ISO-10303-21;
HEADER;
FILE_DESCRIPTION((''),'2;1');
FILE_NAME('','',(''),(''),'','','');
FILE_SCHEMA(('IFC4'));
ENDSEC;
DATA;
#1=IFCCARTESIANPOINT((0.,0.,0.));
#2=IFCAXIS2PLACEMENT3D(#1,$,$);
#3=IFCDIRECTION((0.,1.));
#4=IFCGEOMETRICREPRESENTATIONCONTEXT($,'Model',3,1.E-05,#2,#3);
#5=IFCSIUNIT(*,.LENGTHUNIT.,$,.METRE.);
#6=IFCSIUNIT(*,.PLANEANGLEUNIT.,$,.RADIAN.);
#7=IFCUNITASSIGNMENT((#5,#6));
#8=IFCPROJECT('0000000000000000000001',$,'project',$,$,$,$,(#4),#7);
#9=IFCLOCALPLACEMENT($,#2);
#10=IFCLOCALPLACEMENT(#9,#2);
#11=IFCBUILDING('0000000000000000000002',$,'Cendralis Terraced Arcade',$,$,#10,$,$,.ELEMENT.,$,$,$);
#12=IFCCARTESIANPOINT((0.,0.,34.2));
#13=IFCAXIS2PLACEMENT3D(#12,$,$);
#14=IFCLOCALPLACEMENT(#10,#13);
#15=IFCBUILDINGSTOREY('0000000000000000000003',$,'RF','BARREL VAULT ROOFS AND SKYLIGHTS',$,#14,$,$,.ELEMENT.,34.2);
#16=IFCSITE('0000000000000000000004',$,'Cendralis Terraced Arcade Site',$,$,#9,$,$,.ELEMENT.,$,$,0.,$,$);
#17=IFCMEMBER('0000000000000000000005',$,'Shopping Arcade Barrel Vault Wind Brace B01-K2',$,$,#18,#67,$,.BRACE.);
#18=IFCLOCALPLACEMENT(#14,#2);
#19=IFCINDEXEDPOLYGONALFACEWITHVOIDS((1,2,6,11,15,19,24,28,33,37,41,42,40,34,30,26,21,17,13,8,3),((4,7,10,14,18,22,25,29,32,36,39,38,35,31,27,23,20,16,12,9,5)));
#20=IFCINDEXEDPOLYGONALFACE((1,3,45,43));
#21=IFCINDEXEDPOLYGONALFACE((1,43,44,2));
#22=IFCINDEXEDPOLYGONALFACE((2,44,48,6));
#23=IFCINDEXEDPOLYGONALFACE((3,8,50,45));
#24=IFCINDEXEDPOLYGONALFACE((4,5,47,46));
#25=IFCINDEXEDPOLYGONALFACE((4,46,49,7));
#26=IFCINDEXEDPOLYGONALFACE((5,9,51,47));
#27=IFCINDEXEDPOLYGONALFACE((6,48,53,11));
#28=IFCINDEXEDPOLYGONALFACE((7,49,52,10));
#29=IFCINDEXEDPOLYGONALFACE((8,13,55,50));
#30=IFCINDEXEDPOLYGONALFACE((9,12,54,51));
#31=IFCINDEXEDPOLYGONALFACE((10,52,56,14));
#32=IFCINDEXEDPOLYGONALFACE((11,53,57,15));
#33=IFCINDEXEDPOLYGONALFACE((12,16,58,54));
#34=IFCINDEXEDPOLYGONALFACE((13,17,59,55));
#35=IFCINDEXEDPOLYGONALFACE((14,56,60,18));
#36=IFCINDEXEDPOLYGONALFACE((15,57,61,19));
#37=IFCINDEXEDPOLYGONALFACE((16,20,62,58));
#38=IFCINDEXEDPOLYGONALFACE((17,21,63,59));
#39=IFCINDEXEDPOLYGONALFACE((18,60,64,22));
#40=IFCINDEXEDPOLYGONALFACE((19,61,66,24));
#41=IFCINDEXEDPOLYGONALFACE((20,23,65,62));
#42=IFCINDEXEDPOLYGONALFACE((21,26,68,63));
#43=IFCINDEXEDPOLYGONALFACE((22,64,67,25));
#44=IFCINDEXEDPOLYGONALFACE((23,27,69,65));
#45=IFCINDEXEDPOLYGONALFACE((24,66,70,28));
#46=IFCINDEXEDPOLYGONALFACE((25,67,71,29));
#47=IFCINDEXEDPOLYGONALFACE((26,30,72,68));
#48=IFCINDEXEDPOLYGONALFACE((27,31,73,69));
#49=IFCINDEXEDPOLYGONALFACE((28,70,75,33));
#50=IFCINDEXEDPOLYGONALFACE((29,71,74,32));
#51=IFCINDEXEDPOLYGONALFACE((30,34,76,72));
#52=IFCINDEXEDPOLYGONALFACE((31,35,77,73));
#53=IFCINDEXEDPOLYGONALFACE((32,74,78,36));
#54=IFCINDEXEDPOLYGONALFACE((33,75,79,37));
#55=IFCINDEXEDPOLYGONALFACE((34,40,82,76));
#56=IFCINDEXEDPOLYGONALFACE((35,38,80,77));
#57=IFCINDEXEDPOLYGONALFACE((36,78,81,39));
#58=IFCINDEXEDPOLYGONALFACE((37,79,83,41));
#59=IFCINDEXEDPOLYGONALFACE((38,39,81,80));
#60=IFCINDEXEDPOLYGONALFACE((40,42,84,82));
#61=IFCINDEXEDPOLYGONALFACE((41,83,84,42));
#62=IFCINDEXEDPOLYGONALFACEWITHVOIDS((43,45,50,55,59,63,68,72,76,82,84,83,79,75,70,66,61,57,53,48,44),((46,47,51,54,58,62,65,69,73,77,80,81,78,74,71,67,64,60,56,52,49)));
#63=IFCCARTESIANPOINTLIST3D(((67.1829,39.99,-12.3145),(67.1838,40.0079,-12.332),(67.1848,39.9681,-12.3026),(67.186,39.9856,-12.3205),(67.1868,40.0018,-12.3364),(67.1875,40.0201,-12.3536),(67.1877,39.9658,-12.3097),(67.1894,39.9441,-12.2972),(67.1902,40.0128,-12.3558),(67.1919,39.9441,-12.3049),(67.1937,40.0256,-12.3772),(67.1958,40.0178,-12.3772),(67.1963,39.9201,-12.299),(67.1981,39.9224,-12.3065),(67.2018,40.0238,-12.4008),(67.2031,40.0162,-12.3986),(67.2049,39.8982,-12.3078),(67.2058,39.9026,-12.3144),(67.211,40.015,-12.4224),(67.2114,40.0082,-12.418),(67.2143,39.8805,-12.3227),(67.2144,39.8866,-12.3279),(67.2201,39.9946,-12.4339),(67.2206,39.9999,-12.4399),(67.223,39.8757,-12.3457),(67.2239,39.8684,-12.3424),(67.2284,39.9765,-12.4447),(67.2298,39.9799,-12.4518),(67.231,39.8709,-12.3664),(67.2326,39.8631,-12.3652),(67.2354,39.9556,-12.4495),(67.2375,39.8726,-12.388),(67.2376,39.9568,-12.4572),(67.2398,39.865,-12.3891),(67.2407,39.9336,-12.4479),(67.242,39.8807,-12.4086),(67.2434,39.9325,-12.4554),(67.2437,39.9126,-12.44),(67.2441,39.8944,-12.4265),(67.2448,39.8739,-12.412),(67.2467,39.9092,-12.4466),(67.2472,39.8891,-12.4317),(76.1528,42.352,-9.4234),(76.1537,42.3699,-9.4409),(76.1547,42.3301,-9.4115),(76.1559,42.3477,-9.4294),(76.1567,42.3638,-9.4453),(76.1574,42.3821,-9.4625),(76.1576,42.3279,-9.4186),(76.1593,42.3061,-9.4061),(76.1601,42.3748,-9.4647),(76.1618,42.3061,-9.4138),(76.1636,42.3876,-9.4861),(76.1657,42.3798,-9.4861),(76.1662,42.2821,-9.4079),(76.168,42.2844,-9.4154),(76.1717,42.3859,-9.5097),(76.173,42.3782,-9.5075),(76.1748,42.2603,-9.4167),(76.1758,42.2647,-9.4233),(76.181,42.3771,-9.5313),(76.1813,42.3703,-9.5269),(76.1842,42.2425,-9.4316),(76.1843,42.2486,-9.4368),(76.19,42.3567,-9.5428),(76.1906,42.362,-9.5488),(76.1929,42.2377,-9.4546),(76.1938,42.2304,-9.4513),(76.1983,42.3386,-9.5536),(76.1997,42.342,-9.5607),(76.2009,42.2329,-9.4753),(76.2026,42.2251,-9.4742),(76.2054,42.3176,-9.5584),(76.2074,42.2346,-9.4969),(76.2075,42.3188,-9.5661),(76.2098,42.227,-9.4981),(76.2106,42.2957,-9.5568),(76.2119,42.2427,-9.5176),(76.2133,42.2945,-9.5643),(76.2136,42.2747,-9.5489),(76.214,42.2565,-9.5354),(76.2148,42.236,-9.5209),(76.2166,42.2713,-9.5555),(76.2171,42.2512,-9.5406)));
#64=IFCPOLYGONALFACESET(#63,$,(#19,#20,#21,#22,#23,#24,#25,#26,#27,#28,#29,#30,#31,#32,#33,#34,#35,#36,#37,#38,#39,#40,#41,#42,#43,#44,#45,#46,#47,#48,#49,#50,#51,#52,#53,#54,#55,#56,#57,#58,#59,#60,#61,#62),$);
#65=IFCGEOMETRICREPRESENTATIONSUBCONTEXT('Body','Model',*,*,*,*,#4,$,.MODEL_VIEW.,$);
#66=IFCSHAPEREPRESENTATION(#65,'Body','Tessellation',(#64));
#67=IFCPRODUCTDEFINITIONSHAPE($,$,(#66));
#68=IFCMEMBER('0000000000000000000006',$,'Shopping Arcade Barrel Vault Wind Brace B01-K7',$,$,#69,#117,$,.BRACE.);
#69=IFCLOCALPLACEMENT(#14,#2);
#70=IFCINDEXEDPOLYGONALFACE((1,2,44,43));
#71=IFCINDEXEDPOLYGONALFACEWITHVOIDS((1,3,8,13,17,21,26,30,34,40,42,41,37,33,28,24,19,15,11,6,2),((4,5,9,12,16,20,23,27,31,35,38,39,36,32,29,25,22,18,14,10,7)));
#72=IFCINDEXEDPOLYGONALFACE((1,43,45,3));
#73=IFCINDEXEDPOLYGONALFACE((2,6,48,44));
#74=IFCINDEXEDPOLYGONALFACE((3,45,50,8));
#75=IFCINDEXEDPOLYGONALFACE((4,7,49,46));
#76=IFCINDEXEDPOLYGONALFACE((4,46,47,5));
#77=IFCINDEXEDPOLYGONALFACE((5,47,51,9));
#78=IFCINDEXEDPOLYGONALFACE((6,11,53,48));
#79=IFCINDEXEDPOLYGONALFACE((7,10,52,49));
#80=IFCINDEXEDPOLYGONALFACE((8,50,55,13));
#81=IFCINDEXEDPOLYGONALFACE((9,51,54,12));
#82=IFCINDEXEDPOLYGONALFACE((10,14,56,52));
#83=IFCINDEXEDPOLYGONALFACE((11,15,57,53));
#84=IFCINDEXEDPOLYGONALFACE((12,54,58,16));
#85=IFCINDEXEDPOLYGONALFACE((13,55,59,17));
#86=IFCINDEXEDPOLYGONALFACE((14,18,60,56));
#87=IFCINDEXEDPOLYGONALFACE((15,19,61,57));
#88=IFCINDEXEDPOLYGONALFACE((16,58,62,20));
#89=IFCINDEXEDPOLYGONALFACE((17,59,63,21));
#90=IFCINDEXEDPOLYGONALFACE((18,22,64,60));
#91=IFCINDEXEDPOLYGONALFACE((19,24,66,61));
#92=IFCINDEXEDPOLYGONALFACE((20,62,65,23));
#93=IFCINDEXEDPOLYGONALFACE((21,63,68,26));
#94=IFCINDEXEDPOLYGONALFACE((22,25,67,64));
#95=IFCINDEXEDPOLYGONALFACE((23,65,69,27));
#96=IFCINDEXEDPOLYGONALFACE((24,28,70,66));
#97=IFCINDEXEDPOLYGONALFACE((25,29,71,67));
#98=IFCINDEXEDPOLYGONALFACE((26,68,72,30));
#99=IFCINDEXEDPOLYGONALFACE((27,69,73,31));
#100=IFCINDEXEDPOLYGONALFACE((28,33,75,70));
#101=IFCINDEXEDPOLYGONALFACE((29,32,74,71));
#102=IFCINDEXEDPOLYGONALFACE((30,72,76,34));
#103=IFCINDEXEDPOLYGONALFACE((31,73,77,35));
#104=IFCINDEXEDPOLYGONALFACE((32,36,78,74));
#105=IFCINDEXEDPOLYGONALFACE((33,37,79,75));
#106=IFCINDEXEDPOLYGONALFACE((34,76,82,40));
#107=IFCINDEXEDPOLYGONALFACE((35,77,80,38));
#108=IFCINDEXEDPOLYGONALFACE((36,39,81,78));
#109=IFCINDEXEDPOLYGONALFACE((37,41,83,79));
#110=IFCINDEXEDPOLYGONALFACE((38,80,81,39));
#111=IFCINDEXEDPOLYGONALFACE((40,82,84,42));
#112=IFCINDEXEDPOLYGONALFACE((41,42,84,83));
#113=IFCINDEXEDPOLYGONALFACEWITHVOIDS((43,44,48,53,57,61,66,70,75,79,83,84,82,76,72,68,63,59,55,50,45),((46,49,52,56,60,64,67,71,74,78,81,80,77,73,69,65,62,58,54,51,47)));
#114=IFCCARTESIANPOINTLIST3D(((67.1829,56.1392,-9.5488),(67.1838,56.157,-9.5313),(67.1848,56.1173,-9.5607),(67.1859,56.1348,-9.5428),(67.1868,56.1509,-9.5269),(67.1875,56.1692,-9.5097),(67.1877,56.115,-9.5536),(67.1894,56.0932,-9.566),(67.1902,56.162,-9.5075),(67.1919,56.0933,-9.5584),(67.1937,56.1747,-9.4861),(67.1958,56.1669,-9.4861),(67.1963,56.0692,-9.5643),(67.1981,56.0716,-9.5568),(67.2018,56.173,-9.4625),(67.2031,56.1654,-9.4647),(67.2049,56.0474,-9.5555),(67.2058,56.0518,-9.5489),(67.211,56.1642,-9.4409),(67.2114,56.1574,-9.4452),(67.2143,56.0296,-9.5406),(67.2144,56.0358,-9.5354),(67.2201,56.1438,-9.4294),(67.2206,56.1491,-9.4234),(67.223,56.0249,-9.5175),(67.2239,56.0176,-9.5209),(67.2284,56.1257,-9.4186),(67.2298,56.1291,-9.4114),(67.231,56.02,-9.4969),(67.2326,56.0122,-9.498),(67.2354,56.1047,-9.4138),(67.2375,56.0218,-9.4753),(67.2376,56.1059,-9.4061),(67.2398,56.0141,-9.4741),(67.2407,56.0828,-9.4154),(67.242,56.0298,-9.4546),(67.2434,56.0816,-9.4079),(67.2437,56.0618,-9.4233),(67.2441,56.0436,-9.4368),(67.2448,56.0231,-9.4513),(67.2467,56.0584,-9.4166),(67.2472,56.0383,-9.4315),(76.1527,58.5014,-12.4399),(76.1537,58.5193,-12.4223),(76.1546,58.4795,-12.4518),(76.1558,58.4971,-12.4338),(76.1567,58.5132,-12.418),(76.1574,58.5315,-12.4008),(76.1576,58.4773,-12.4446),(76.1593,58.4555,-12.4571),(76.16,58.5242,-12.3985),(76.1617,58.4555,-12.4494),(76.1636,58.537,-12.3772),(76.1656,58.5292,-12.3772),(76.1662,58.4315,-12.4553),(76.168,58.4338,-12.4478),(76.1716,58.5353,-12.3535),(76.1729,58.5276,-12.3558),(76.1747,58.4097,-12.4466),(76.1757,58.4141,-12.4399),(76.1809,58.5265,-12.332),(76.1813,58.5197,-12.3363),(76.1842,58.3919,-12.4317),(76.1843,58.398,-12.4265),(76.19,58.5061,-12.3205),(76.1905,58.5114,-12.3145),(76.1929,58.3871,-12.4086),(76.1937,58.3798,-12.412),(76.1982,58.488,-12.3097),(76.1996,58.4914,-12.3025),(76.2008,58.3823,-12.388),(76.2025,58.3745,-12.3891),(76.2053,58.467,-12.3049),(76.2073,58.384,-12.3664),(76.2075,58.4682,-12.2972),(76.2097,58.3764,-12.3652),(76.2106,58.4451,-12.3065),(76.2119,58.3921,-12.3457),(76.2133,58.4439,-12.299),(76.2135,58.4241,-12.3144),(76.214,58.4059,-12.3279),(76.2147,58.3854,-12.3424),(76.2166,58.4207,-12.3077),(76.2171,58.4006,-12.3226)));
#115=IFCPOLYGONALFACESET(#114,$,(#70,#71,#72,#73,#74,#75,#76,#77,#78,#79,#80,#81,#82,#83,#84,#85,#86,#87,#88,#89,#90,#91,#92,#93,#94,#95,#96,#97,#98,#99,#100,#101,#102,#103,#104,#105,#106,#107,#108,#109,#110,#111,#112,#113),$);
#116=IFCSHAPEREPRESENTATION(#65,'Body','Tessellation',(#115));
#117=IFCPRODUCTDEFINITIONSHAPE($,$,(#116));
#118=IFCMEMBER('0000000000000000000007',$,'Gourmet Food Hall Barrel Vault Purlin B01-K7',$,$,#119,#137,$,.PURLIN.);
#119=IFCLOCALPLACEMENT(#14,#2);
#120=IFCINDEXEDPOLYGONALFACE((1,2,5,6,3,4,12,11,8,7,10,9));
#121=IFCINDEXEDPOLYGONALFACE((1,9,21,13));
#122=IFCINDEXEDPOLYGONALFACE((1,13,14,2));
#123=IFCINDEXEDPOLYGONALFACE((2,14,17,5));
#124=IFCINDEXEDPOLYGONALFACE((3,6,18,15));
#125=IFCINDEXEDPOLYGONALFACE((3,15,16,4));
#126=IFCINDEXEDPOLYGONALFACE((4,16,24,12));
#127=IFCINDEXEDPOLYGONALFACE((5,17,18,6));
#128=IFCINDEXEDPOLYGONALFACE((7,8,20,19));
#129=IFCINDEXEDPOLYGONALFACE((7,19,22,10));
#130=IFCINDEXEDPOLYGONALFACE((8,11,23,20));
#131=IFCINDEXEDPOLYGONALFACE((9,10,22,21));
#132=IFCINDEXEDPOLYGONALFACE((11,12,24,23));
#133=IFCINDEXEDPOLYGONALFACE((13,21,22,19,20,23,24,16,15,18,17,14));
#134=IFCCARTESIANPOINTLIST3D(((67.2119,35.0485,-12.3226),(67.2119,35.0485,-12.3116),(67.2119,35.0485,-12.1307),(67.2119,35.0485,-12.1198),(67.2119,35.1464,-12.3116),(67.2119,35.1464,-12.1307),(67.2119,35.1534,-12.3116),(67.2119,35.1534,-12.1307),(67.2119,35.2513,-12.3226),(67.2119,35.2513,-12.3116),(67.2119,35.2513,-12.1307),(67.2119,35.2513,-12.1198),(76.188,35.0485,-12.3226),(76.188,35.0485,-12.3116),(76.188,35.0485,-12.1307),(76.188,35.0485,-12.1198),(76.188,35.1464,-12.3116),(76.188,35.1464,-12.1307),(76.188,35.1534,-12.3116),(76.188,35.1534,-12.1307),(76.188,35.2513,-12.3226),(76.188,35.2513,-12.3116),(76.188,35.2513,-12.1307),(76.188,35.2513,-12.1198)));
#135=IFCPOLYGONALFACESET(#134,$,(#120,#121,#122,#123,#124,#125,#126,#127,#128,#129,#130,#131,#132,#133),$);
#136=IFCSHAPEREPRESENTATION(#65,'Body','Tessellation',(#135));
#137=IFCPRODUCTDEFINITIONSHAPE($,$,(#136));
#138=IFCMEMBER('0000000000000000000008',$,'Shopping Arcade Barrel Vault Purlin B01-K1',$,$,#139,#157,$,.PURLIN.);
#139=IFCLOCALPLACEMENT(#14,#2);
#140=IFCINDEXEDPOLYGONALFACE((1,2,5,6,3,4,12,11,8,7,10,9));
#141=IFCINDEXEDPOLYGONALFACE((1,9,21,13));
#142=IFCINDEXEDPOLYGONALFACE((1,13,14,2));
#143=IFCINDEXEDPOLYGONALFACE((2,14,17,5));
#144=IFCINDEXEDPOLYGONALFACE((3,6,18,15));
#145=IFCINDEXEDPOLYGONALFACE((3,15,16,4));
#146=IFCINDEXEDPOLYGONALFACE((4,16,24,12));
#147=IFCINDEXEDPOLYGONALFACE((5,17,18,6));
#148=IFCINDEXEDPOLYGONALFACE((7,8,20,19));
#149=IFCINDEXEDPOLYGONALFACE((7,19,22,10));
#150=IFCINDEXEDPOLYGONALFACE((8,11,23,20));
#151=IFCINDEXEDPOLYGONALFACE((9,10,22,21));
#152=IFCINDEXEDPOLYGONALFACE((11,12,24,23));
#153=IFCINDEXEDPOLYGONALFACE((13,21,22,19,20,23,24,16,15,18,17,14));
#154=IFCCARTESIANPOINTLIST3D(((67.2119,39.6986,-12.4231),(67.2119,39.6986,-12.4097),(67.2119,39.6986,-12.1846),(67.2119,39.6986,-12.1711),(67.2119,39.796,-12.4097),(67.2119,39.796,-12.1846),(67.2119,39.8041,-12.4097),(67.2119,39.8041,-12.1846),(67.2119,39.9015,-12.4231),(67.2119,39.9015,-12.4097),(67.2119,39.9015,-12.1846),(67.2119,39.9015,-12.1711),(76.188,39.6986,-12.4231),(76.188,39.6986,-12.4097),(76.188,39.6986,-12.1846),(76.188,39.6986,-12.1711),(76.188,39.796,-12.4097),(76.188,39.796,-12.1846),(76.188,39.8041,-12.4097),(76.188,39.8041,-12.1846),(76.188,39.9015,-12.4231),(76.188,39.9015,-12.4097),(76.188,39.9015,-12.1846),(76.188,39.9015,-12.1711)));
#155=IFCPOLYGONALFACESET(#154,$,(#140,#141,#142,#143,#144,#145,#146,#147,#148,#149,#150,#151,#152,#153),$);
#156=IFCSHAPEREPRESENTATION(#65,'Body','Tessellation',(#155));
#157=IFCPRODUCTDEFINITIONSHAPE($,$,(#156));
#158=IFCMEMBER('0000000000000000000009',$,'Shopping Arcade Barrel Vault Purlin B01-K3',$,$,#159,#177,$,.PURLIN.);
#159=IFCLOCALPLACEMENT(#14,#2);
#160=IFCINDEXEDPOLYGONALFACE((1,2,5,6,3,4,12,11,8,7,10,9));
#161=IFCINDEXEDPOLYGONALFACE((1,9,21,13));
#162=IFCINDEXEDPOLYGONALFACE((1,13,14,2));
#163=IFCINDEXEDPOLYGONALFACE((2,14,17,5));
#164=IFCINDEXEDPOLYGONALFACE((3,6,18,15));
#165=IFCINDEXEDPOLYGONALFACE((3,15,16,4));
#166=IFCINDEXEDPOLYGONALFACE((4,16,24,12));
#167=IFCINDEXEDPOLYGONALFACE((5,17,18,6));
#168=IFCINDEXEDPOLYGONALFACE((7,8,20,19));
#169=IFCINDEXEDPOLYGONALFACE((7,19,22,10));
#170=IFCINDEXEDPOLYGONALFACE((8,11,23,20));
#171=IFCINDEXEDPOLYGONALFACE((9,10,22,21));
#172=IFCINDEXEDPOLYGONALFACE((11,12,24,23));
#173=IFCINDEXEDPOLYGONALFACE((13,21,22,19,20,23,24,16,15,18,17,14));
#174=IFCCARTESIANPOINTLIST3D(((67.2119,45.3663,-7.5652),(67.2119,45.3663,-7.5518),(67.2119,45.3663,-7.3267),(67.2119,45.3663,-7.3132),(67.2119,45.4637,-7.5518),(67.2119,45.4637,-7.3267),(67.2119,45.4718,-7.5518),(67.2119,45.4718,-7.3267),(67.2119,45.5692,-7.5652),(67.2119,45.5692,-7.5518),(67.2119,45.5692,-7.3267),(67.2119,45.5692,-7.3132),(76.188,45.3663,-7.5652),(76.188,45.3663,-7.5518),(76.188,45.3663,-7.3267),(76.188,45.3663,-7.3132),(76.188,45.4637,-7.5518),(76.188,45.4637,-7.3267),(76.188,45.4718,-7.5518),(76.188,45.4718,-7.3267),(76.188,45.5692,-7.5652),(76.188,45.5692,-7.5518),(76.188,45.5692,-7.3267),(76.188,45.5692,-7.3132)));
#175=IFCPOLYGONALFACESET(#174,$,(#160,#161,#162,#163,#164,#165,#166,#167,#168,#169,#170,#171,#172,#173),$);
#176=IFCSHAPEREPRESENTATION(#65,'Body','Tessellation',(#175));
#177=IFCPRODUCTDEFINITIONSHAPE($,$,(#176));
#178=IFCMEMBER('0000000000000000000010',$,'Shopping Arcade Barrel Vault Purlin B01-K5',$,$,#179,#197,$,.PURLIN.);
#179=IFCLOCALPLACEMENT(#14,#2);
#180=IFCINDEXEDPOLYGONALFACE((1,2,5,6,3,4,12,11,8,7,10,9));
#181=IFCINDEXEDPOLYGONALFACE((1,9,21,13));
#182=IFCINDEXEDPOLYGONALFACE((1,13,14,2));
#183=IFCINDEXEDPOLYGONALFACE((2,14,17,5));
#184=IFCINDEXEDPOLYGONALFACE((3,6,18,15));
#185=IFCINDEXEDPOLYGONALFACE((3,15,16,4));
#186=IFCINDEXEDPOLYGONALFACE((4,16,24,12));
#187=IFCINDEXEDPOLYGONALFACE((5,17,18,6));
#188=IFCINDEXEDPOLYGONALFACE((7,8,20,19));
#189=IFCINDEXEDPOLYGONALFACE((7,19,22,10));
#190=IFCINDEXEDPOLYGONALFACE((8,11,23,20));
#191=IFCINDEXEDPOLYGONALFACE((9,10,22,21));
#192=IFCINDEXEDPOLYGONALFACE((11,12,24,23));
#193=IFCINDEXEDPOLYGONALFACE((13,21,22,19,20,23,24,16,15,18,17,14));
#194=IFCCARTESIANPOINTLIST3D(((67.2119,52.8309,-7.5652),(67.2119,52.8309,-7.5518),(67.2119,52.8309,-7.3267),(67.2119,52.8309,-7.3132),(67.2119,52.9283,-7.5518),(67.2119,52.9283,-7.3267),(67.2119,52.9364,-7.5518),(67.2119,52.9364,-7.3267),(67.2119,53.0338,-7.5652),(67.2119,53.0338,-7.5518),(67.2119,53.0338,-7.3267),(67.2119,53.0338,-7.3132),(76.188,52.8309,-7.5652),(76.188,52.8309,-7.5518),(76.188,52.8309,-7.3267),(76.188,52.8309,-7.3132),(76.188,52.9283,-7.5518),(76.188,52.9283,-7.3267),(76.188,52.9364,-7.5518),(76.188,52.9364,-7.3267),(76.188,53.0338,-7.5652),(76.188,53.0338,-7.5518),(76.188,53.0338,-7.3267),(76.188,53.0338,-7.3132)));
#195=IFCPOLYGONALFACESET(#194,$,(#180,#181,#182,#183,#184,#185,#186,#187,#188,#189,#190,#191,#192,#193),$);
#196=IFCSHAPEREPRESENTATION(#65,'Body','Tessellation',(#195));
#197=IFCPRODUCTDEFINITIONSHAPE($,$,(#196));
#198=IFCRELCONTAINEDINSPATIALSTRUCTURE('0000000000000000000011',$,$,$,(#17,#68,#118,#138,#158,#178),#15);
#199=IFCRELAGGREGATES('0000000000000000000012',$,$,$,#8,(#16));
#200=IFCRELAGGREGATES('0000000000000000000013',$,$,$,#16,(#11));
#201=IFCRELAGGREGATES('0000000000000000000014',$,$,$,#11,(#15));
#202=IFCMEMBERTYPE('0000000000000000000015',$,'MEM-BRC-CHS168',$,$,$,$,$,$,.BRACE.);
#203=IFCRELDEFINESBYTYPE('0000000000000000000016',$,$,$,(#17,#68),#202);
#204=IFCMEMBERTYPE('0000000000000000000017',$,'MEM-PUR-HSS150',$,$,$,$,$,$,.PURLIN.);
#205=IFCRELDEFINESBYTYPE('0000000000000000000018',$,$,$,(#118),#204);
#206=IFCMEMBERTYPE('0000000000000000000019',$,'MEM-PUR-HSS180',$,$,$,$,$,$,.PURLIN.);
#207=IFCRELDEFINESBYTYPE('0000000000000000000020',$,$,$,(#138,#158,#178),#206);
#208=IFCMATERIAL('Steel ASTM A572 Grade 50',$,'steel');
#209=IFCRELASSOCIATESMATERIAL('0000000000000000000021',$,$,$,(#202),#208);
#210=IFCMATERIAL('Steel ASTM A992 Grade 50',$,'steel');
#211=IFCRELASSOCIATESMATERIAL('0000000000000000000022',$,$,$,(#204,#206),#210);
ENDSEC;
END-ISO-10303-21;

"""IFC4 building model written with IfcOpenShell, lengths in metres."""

from ifc_helpers import new_model, si_unit, direction, frame, origin, origin_2d, place, context, subcontext, project, spatial, hollow_circle, i_section, extrude, material, material_profile, profile_set, type_object, element, save


model = new_model("IFC4")

# Units and contexts
model_context = context("Model", 3, precision=1e-05, world=origin(), true_north=direction((0.0, 1.0)))
body_context = subcontext(model_context, "Body", "Model", "MODEL_VIEW")
ifc_project = project(units=[si_unit("LENGTHUNIT", "METRE"), si_unit("PLANEANGLEUNIT", "RADIAN")], contexts=[model_context])

# Site, building, storey
site_placement = place(None, origin())
site = spatial("IfcSite", under=ifc_project, at=site_placement, Name="Cendralis Terraced Arcade Site", CompositionType="ELEMENT", RefElevation=0.0)
building_placement = place(site_placement, origin())
building = spatial("IfcBuilding", under=site, at=building_placement, Name="Cendralis Terraced Arcade", CompositionType="ELEMENT")
storey_placement = place(building_placement, frame((0.0, 0.0, 34.2)))
storey = spatial("IfcBuildingStorey", under=building, at=storey_placement, Name="RF", Description="BARREL VAULT ROOFS AND SKYLIGHTS", CompositionType="ELEMENT", Elevation=34.2)

# Members
ifc_material_1 = material(Name="Steel ASTM A992 Grade 50", Category="steel")
ifc_material_2 = material(Name="Steel ASTM A572 Grade 50", Category="steel")
ifc_material_profile_1 = material_profile(ifc_material_2, hollow_circle(Radius=0.084, WallThickness=0.0081, at=origin_2d()), Name="CHS168X8", Category="LoadBearing")
ifc_profile_set_1 = profile_set([ifc_material_profile_1], Name="Steel ASTM A572 Grade 50")
member_type_1 = type_object("IfcMemberType", Name="MEM-BRC-CHS168", PredefinedType="BRACE", material=ifc_profile_set_1)
for number, where, z_axis, x_axis, name in (
    (1, (67.2151, 39.9443, -12.3772), (0.923228, 0.243114, 0.297566), (-0.254649, 0.967034, 0.0), "Shopping Arcade Barrel Vault Wind Brace B01-K2"),
    (2, (67.2151, 56.0935, -9.4861), (0.923223, 0.243137, -0.297564), (-0.254673, 0.967027, 0.0), "Shopping Arcade Barrel Vault Wind Brace B01-K7"),
):
    element("IfcMember", number, at=place(storey_placement, frame(where, z_axis=z_axis, x_axis=x_axis)), inside=storey, type_object=member_type_1, Name=name, PredefinedType="BRACE", context=body_context, shape_type="SweptSolid", body=[
        extrude(hollow_circle(Radius=0.084, WallThickness=0.0081, at=origin_2d()), origin(), (0.0, 0.0, 1.0), 9.7158),
    ])
ifc_material_profile_2 = material_profile(ifc_material_1, i_section(OverallWidth=0.2029, OverallDepth=0.2029, WebThickness=0.0071, FlangeThickness=0.011, at=origin_2d()), Name="W200X46.1", Category="LoadBearing")
ifc_profile_set_2 = profile_set([ifc_material_profile_2], Name="Steel ASTM A992 Grade 50")
member_type_2 = type_object("IfcMemberType", Name="MEM-PUR-HSS150", PredefinedType="PURLIN", material=ifc_profile_set_2)
member_1_placement = place(storey_placement, frame((67.2119, 35.1499, -12.2212), z_axis=(1.0, 0.0, 0.0), x_axis=(0.0, 1.0, 0.0)))
element("IfcMember", 3, at=member_1_placement, inside=storey, type_object=member_type_2, Name="Gourmet Food Hall Barrel Vault Purlin B01-K7", PredefinedType="PURLIN", context=body_context, shape_type="SweptSolid", body=[
    extrude(i_section(OverallWidth=0.2029, OverallDepth=0.2029, WebThickness=0.0071, FlangeThickness=0.011, at=origin_2d()), origin(), (0.0, 0.0, 1.0), 8.9761),
])
ifc_material_profile_3 = material_profile(ifc_material_1, i_section(OverallWidth=0.2029, OverallDepth=0.252, WebThickness=0.0081, FlangeThickness=0.0134, at=origin_2d()), Name="W250X58", Category="LoadBearing")
ifc_profile_set_3 = profile_set([ifc_material_profile_3], Name="Steel ASTM A992 Grade 50")
member_type_3 = type_object("IfcMemberType", Name="MEM-PUR-HSS180", PredefinedType="PURLIN", material=ifc_profile_set_3)
for number, where, z_axis, x_axis, name in (
    (4, (67.2119, 39.8, -12.2971), (1.0, 0.0, 0.0), (0.0, 1.0, 0.0), "Shopping Arcade Barrel Vault Purlin B01-K1"),
    (5, (67.2119, 45.4678, -7.4392), (1.0, 0.0, 0.0), (0.0, 1.0, 0.0), "Shopping Arcade Barrel Vault Purlin B01-K3"),
    (6, (67.2119, 52.9324, -7.4392), (1.0, 0.0, 0.0), (0.0, 1.0, 0.0), "Shopping Arcade Barrel Vault Purlin B01-K5"),
):
    element("IfcMember", number, at=place(storey_placement, frame(where, z_axis=z_axis, x_axis=x_axis)), inside=storey, type_object=member_type_3, Name=name, PredefinedType="PURLIN", context=body_context, shape_type="SweptSolid", body=[
        extrude(i_section(OverallWidth=0.2029, OverallDepth=0.252, WebThickness=0.0081, FlangeThickness=0.0134, at=origin_2d()), origin(), (0.0, 0.0, 1.0), 8.9761),
    ])

save(model, "model.ifc")
